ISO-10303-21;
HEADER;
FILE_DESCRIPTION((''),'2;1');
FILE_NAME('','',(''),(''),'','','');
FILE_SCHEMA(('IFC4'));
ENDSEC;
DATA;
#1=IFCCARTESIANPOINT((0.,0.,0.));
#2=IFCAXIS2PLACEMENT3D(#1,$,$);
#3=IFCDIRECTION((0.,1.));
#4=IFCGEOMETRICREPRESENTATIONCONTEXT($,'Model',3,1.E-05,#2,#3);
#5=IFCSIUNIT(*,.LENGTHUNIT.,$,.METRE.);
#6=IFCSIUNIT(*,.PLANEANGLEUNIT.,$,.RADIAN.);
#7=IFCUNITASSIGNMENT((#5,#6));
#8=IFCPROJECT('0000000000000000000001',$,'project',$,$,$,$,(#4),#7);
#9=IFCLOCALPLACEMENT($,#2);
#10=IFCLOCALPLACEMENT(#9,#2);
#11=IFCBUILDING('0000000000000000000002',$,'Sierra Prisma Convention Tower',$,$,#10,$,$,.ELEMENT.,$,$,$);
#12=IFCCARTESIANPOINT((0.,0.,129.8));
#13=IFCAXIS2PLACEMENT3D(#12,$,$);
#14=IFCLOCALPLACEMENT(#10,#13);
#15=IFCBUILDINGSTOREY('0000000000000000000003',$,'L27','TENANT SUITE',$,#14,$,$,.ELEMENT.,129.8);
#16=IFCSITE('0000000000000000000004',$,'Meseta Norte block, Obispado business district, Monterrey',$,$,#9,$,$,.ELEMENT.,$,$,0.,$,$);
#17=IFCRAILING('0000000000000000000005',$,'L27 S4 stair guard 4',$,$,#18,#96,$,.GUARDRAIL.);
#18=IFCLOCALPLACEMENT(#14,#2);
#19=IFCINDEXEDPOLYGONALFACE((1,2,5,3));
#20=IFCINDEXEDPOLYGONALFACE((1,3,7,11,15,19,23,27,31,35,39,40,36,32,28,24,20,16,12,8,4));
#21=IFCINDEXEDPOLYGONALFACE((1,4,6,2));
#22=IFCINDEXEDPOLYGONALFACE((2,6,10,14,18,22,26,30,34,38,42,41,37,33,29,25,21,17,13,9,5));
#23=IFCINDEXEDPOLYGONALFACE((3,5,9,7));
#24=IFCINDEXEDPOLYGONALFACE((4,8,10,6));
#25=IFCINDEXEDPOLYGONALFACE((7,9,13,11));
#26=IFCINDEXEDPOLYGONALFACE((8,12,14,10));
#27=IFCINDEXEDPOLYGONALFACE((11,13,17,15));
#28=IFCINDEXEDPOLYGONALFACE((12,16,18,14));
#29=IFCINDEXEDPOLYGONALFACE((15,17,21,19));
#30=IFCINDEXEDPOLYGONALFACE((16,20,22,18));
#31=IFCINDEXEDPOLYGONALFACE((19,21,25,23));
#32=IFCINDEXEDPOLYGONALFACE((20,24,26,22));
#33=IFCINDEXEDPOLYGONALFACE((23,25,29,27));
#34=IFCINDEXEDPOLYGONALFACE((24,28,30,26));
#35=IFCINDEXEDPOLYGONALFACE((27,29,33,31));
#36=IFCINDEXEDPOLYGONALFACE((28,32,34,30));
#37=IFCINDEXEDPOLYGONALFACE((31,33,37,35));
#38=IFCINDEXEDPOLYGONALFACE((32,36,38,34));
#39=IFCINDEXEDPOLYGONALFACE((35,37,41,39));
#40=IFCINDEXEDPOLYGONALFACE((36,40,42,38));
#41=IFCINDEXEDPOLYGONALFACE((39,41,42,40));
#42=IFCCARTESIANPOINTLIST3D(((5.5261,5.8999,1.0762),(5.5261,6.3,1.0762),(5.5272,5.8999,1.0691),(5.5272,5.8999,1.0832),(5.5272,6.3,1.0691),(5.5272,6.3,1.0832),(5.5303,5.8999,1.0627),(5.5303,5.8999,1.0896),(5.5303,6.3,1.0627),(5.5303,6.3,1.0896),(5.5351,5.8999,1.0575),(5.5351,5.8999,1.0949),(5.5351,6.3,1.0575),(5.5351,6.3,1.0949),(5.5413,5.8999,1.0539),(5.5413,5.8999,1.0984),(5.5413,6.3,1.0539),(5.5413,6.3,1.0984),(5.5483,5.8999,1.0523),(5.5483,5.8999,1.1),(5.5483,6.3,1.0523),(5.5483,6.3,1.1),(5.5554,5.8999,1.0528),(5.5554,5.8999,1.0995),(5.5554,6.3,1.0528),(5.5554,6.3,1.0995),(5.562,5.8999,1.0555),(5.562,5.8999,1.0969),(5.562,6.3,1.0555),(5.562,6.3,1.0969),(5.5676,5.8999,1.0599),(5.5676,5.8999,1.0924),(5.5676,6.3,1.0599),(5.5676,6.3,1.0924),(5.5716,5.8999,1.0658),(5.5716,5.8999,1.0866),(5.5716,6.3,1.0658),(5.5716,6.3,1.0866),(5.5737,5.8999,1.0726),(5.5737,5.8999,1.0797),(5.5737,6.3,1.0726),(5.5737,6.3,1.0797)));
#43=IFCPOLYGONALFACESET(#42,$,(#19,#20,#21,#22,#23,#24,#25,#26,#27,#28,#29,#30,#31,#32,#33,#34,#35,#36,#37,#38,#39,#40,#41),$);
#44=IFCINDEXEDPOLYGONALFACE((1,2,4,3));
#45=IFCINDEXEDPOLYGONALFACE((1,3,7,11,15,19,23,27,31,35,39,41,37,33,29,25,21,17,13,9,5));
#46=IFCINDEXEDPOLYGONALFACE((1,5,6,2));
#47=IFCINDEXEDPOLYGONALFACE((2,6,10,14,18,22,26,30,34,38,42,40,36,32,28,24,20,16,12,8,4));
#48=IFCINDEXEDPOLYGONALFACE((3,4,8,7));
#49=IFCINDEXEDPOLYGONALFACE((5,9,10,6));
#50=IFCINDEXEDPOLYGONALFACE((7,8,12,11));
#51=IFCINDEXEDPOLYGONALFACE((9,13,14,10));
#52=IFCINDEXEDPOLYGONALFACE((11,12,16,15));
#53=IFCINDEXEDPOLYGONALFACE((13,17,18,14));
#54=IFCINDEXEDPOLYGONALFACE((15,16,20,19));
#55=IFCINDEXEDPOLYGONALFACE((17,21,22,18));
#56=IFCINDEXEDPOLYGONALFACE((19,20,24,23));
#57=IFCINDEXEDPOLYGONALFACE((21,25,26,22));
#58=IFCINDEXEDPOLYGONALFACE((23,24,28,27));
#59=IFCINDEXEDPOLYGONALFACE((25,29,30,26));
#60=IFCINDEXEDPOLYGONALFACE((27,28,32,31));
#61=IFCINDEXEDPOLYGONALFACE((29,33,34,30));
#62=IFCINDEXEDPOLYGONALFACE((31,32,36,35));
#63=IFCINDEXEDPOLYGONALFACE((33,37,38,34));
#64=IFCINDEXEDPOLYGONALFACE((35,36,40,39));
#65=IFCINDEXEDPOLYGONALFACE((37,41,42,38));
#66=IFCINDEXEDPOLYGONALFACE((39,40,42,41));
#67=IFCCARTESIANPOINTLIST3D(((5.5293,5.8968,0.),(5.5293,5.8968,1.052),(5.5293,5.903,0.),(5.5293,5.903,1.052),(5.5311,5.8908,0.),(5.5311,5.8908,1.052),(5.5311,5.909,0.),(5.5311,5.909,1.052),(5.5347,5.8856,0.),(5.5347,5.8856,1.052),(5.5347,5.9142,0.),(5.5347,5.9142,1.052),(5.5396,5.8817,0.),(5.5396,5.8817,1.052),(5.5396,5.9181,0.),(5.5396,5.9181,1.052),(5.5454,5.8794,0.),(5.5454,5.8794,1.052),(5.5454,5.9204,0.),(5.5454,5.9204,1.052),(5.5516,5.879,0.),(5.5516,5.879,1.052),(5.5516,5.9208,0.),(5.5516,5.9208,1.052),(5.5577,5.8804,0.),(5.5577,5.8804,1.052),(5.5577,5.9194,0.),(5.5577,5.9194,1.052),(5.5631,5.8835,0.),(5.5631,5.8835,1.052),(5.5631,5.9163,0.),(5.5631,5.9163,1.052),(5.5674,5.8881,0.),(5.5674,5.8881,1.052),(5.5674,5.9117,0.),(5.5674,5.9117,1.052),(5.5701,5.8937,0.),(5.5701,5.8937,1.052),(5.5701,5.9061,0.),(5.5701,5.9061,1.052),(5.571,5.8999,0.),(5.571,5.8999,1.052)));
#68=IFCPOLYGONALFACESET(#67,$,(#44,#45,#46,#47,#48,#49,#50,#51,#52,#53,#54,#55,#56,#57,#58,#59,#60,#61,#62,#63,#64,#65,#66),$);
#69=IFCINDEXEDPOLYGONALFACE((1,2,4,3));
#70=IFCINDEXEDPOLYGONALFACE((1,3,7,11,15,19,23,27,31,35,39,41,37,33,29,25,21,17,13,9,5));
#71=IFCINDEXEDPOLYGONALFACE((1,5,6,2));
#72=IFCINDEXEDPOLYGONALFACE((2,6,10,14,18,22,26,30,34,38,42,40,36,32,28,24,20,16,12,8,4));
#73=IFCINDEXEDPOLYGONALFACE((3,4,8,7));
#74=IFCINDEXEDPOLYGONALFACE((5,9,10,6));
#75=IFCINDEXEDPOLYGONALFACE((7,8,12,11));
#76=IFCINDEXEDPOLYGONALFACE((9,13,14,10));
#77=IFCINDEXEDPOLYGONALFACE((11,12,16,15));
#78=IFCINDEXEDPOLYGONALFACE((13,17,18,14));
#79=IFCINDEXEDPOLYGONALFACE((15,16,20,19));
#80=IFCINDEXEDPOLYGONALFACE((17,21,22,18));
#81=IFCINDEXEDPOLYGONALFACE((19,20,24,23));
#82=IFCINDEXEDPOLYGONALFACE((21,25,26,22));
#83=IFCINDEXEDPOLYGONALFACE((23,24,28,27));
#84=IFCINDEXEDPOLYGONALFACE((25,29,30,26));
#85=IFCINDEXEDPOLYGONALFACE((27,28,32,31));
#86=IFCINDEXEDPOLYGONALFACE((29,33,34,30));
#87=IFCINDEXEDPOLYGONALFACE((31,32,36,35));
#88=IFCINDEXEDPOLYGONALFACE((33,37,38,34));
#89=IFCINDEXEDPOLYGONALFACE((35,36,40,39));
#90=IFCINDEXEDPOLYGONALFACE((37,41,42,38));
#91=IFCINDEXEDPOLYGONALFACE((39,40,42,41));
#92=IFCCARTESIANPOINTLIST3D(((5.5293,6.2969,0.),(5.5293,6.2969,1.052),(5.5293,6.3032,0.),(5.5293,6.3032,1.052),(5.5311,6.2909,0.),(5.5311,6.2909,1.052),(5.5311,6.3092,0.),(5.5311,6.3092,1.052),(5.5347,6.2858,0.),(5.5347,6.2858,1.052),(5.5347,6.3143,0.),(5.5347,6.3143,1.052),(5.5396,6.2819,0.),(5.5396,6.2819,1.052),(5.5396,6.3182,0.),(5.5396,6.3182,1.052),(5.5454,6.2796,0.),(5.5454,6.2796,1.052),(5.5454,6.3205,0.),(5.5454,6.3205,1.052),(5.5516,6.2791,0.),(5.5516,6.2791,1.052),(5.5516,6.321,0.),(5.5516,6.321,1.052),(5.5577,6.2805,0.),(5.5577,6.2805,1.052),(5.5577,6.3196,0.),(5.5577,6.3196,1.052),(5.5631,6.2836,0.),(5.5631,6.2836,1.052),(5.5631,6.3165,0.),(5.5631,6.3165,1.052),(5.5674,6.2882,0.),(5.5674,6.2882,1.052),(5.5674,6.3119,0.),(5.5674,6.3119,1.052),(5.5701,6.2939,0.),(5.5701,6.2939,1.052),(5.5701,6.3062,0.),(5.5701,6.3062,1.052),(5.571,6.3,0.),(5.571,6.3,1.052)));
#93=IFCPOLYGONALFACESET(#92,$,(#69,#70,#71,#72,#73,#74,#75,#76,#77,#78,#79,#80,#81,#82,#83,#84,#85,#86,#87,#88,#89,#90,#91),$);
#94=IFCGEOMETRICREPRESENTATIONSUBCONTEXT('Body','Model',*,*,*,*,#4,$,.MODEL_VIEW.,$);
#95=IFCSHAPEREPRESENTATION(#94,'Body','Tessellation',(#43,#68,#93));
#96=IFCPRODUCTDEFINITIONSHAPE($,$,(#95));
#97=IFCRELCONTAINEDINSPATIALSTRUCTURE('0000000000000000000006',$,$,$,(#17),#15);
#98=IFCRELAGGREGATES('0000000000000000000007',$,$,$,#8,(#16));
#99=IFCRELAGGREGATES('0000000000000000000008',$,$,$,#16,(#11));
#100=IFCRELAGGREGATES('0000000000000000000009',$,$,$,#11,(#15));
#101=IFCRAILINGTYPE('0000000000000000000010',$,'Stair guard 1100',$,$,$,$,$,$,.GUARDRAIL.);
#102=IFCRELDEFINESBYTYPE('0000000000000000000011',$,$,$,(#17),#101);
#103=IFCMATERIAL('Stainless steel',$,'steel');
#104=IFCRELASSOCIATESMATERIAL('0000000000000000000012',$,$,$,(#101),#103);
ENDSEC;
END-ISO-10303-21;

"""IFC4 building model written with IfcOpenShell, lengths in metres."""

from ifc_helpers import new_model, si_unit, direction, frame, origin, origin_2d, place, context, subcontext, project, spatial, circle, extrude, material, type_object, element, save


model = new_model("IFC4")

# Units and contexts
model_context = context("Model", 3, precision=1e-05, world=origin(), true_north=direction((0.0, 1.0)))
body_context = subcontext(model_context, "Body", "Model", "MODEL_VIEW")
ifc_project = project(units=[si_unit("LENGTHUNIT", "METRE"), si_unit("PLANEANGLEUNIT", "RADIAN")], contexts=[model_context])

# Site, building, storey
site_placement = place(None, origin())
site = spatial("IfcSite", under=ifc_project, at=site_placement, Name="Meseta Norte block, Obispado business district, Monterrey", CompositionType="ELEMENT", RefElevation=0.0)
building_placement = place(site_placement, origin())
building = spatial("IfcBuilding", under=site, at=building_placement, Name="Sierra Prisma Convention Tower", CompositionType="ELEMENT")
storey_placement = place(building_placement, frame((0.0, 0.0, 129.8)))
storey = spatial("IfcBuildingStorey", under=building, at=storey_placement, Name="L27", Description="TENANT SUITE", CompositionType="ELEMENT", Elevation=129.8)

# Railing
ifc_material_1 = material(Name="Stainless steel", Category="steel")
railing_type_1 = type_object("IfcRailingType", Name="Stair guard 1100", PredefinedType="GUARDRAIL", material=ifc_material_1)
railing_1_placement = place(storey_placement, frame((5.55, 5.8999, 0.0)))
element("IfcRailing", 1, at=railing_1_placement, inside=storey, type_object=railing_type_1, Name="L27 S4 stair guard 4", PredefinedType="GUARDRAIL", context=body_context, shape_type="SweptSolid", body=[
    extrude(circle(Radius=0.0239, at=origin_2d()), frame((0.0, 0.0, 1.0762), z_axis=(0.0, 1.0, 0.0), x_axis=(-1.0, 0.0, 0.0)), (0.0, 0.0, 1.0), 0.4001),
    extrude(circle(Radius=0.021, at=origin_2d()), origin(), (0.0, 0.0, 1.0), 1.052),
    extrude(circle(Radius=0.021, at=origin_2d()), frame((0.0, 0.4001, 0.0)), (0.0, 0.0, 1.0), 1.052),
])

save(model, "model.ifc")
